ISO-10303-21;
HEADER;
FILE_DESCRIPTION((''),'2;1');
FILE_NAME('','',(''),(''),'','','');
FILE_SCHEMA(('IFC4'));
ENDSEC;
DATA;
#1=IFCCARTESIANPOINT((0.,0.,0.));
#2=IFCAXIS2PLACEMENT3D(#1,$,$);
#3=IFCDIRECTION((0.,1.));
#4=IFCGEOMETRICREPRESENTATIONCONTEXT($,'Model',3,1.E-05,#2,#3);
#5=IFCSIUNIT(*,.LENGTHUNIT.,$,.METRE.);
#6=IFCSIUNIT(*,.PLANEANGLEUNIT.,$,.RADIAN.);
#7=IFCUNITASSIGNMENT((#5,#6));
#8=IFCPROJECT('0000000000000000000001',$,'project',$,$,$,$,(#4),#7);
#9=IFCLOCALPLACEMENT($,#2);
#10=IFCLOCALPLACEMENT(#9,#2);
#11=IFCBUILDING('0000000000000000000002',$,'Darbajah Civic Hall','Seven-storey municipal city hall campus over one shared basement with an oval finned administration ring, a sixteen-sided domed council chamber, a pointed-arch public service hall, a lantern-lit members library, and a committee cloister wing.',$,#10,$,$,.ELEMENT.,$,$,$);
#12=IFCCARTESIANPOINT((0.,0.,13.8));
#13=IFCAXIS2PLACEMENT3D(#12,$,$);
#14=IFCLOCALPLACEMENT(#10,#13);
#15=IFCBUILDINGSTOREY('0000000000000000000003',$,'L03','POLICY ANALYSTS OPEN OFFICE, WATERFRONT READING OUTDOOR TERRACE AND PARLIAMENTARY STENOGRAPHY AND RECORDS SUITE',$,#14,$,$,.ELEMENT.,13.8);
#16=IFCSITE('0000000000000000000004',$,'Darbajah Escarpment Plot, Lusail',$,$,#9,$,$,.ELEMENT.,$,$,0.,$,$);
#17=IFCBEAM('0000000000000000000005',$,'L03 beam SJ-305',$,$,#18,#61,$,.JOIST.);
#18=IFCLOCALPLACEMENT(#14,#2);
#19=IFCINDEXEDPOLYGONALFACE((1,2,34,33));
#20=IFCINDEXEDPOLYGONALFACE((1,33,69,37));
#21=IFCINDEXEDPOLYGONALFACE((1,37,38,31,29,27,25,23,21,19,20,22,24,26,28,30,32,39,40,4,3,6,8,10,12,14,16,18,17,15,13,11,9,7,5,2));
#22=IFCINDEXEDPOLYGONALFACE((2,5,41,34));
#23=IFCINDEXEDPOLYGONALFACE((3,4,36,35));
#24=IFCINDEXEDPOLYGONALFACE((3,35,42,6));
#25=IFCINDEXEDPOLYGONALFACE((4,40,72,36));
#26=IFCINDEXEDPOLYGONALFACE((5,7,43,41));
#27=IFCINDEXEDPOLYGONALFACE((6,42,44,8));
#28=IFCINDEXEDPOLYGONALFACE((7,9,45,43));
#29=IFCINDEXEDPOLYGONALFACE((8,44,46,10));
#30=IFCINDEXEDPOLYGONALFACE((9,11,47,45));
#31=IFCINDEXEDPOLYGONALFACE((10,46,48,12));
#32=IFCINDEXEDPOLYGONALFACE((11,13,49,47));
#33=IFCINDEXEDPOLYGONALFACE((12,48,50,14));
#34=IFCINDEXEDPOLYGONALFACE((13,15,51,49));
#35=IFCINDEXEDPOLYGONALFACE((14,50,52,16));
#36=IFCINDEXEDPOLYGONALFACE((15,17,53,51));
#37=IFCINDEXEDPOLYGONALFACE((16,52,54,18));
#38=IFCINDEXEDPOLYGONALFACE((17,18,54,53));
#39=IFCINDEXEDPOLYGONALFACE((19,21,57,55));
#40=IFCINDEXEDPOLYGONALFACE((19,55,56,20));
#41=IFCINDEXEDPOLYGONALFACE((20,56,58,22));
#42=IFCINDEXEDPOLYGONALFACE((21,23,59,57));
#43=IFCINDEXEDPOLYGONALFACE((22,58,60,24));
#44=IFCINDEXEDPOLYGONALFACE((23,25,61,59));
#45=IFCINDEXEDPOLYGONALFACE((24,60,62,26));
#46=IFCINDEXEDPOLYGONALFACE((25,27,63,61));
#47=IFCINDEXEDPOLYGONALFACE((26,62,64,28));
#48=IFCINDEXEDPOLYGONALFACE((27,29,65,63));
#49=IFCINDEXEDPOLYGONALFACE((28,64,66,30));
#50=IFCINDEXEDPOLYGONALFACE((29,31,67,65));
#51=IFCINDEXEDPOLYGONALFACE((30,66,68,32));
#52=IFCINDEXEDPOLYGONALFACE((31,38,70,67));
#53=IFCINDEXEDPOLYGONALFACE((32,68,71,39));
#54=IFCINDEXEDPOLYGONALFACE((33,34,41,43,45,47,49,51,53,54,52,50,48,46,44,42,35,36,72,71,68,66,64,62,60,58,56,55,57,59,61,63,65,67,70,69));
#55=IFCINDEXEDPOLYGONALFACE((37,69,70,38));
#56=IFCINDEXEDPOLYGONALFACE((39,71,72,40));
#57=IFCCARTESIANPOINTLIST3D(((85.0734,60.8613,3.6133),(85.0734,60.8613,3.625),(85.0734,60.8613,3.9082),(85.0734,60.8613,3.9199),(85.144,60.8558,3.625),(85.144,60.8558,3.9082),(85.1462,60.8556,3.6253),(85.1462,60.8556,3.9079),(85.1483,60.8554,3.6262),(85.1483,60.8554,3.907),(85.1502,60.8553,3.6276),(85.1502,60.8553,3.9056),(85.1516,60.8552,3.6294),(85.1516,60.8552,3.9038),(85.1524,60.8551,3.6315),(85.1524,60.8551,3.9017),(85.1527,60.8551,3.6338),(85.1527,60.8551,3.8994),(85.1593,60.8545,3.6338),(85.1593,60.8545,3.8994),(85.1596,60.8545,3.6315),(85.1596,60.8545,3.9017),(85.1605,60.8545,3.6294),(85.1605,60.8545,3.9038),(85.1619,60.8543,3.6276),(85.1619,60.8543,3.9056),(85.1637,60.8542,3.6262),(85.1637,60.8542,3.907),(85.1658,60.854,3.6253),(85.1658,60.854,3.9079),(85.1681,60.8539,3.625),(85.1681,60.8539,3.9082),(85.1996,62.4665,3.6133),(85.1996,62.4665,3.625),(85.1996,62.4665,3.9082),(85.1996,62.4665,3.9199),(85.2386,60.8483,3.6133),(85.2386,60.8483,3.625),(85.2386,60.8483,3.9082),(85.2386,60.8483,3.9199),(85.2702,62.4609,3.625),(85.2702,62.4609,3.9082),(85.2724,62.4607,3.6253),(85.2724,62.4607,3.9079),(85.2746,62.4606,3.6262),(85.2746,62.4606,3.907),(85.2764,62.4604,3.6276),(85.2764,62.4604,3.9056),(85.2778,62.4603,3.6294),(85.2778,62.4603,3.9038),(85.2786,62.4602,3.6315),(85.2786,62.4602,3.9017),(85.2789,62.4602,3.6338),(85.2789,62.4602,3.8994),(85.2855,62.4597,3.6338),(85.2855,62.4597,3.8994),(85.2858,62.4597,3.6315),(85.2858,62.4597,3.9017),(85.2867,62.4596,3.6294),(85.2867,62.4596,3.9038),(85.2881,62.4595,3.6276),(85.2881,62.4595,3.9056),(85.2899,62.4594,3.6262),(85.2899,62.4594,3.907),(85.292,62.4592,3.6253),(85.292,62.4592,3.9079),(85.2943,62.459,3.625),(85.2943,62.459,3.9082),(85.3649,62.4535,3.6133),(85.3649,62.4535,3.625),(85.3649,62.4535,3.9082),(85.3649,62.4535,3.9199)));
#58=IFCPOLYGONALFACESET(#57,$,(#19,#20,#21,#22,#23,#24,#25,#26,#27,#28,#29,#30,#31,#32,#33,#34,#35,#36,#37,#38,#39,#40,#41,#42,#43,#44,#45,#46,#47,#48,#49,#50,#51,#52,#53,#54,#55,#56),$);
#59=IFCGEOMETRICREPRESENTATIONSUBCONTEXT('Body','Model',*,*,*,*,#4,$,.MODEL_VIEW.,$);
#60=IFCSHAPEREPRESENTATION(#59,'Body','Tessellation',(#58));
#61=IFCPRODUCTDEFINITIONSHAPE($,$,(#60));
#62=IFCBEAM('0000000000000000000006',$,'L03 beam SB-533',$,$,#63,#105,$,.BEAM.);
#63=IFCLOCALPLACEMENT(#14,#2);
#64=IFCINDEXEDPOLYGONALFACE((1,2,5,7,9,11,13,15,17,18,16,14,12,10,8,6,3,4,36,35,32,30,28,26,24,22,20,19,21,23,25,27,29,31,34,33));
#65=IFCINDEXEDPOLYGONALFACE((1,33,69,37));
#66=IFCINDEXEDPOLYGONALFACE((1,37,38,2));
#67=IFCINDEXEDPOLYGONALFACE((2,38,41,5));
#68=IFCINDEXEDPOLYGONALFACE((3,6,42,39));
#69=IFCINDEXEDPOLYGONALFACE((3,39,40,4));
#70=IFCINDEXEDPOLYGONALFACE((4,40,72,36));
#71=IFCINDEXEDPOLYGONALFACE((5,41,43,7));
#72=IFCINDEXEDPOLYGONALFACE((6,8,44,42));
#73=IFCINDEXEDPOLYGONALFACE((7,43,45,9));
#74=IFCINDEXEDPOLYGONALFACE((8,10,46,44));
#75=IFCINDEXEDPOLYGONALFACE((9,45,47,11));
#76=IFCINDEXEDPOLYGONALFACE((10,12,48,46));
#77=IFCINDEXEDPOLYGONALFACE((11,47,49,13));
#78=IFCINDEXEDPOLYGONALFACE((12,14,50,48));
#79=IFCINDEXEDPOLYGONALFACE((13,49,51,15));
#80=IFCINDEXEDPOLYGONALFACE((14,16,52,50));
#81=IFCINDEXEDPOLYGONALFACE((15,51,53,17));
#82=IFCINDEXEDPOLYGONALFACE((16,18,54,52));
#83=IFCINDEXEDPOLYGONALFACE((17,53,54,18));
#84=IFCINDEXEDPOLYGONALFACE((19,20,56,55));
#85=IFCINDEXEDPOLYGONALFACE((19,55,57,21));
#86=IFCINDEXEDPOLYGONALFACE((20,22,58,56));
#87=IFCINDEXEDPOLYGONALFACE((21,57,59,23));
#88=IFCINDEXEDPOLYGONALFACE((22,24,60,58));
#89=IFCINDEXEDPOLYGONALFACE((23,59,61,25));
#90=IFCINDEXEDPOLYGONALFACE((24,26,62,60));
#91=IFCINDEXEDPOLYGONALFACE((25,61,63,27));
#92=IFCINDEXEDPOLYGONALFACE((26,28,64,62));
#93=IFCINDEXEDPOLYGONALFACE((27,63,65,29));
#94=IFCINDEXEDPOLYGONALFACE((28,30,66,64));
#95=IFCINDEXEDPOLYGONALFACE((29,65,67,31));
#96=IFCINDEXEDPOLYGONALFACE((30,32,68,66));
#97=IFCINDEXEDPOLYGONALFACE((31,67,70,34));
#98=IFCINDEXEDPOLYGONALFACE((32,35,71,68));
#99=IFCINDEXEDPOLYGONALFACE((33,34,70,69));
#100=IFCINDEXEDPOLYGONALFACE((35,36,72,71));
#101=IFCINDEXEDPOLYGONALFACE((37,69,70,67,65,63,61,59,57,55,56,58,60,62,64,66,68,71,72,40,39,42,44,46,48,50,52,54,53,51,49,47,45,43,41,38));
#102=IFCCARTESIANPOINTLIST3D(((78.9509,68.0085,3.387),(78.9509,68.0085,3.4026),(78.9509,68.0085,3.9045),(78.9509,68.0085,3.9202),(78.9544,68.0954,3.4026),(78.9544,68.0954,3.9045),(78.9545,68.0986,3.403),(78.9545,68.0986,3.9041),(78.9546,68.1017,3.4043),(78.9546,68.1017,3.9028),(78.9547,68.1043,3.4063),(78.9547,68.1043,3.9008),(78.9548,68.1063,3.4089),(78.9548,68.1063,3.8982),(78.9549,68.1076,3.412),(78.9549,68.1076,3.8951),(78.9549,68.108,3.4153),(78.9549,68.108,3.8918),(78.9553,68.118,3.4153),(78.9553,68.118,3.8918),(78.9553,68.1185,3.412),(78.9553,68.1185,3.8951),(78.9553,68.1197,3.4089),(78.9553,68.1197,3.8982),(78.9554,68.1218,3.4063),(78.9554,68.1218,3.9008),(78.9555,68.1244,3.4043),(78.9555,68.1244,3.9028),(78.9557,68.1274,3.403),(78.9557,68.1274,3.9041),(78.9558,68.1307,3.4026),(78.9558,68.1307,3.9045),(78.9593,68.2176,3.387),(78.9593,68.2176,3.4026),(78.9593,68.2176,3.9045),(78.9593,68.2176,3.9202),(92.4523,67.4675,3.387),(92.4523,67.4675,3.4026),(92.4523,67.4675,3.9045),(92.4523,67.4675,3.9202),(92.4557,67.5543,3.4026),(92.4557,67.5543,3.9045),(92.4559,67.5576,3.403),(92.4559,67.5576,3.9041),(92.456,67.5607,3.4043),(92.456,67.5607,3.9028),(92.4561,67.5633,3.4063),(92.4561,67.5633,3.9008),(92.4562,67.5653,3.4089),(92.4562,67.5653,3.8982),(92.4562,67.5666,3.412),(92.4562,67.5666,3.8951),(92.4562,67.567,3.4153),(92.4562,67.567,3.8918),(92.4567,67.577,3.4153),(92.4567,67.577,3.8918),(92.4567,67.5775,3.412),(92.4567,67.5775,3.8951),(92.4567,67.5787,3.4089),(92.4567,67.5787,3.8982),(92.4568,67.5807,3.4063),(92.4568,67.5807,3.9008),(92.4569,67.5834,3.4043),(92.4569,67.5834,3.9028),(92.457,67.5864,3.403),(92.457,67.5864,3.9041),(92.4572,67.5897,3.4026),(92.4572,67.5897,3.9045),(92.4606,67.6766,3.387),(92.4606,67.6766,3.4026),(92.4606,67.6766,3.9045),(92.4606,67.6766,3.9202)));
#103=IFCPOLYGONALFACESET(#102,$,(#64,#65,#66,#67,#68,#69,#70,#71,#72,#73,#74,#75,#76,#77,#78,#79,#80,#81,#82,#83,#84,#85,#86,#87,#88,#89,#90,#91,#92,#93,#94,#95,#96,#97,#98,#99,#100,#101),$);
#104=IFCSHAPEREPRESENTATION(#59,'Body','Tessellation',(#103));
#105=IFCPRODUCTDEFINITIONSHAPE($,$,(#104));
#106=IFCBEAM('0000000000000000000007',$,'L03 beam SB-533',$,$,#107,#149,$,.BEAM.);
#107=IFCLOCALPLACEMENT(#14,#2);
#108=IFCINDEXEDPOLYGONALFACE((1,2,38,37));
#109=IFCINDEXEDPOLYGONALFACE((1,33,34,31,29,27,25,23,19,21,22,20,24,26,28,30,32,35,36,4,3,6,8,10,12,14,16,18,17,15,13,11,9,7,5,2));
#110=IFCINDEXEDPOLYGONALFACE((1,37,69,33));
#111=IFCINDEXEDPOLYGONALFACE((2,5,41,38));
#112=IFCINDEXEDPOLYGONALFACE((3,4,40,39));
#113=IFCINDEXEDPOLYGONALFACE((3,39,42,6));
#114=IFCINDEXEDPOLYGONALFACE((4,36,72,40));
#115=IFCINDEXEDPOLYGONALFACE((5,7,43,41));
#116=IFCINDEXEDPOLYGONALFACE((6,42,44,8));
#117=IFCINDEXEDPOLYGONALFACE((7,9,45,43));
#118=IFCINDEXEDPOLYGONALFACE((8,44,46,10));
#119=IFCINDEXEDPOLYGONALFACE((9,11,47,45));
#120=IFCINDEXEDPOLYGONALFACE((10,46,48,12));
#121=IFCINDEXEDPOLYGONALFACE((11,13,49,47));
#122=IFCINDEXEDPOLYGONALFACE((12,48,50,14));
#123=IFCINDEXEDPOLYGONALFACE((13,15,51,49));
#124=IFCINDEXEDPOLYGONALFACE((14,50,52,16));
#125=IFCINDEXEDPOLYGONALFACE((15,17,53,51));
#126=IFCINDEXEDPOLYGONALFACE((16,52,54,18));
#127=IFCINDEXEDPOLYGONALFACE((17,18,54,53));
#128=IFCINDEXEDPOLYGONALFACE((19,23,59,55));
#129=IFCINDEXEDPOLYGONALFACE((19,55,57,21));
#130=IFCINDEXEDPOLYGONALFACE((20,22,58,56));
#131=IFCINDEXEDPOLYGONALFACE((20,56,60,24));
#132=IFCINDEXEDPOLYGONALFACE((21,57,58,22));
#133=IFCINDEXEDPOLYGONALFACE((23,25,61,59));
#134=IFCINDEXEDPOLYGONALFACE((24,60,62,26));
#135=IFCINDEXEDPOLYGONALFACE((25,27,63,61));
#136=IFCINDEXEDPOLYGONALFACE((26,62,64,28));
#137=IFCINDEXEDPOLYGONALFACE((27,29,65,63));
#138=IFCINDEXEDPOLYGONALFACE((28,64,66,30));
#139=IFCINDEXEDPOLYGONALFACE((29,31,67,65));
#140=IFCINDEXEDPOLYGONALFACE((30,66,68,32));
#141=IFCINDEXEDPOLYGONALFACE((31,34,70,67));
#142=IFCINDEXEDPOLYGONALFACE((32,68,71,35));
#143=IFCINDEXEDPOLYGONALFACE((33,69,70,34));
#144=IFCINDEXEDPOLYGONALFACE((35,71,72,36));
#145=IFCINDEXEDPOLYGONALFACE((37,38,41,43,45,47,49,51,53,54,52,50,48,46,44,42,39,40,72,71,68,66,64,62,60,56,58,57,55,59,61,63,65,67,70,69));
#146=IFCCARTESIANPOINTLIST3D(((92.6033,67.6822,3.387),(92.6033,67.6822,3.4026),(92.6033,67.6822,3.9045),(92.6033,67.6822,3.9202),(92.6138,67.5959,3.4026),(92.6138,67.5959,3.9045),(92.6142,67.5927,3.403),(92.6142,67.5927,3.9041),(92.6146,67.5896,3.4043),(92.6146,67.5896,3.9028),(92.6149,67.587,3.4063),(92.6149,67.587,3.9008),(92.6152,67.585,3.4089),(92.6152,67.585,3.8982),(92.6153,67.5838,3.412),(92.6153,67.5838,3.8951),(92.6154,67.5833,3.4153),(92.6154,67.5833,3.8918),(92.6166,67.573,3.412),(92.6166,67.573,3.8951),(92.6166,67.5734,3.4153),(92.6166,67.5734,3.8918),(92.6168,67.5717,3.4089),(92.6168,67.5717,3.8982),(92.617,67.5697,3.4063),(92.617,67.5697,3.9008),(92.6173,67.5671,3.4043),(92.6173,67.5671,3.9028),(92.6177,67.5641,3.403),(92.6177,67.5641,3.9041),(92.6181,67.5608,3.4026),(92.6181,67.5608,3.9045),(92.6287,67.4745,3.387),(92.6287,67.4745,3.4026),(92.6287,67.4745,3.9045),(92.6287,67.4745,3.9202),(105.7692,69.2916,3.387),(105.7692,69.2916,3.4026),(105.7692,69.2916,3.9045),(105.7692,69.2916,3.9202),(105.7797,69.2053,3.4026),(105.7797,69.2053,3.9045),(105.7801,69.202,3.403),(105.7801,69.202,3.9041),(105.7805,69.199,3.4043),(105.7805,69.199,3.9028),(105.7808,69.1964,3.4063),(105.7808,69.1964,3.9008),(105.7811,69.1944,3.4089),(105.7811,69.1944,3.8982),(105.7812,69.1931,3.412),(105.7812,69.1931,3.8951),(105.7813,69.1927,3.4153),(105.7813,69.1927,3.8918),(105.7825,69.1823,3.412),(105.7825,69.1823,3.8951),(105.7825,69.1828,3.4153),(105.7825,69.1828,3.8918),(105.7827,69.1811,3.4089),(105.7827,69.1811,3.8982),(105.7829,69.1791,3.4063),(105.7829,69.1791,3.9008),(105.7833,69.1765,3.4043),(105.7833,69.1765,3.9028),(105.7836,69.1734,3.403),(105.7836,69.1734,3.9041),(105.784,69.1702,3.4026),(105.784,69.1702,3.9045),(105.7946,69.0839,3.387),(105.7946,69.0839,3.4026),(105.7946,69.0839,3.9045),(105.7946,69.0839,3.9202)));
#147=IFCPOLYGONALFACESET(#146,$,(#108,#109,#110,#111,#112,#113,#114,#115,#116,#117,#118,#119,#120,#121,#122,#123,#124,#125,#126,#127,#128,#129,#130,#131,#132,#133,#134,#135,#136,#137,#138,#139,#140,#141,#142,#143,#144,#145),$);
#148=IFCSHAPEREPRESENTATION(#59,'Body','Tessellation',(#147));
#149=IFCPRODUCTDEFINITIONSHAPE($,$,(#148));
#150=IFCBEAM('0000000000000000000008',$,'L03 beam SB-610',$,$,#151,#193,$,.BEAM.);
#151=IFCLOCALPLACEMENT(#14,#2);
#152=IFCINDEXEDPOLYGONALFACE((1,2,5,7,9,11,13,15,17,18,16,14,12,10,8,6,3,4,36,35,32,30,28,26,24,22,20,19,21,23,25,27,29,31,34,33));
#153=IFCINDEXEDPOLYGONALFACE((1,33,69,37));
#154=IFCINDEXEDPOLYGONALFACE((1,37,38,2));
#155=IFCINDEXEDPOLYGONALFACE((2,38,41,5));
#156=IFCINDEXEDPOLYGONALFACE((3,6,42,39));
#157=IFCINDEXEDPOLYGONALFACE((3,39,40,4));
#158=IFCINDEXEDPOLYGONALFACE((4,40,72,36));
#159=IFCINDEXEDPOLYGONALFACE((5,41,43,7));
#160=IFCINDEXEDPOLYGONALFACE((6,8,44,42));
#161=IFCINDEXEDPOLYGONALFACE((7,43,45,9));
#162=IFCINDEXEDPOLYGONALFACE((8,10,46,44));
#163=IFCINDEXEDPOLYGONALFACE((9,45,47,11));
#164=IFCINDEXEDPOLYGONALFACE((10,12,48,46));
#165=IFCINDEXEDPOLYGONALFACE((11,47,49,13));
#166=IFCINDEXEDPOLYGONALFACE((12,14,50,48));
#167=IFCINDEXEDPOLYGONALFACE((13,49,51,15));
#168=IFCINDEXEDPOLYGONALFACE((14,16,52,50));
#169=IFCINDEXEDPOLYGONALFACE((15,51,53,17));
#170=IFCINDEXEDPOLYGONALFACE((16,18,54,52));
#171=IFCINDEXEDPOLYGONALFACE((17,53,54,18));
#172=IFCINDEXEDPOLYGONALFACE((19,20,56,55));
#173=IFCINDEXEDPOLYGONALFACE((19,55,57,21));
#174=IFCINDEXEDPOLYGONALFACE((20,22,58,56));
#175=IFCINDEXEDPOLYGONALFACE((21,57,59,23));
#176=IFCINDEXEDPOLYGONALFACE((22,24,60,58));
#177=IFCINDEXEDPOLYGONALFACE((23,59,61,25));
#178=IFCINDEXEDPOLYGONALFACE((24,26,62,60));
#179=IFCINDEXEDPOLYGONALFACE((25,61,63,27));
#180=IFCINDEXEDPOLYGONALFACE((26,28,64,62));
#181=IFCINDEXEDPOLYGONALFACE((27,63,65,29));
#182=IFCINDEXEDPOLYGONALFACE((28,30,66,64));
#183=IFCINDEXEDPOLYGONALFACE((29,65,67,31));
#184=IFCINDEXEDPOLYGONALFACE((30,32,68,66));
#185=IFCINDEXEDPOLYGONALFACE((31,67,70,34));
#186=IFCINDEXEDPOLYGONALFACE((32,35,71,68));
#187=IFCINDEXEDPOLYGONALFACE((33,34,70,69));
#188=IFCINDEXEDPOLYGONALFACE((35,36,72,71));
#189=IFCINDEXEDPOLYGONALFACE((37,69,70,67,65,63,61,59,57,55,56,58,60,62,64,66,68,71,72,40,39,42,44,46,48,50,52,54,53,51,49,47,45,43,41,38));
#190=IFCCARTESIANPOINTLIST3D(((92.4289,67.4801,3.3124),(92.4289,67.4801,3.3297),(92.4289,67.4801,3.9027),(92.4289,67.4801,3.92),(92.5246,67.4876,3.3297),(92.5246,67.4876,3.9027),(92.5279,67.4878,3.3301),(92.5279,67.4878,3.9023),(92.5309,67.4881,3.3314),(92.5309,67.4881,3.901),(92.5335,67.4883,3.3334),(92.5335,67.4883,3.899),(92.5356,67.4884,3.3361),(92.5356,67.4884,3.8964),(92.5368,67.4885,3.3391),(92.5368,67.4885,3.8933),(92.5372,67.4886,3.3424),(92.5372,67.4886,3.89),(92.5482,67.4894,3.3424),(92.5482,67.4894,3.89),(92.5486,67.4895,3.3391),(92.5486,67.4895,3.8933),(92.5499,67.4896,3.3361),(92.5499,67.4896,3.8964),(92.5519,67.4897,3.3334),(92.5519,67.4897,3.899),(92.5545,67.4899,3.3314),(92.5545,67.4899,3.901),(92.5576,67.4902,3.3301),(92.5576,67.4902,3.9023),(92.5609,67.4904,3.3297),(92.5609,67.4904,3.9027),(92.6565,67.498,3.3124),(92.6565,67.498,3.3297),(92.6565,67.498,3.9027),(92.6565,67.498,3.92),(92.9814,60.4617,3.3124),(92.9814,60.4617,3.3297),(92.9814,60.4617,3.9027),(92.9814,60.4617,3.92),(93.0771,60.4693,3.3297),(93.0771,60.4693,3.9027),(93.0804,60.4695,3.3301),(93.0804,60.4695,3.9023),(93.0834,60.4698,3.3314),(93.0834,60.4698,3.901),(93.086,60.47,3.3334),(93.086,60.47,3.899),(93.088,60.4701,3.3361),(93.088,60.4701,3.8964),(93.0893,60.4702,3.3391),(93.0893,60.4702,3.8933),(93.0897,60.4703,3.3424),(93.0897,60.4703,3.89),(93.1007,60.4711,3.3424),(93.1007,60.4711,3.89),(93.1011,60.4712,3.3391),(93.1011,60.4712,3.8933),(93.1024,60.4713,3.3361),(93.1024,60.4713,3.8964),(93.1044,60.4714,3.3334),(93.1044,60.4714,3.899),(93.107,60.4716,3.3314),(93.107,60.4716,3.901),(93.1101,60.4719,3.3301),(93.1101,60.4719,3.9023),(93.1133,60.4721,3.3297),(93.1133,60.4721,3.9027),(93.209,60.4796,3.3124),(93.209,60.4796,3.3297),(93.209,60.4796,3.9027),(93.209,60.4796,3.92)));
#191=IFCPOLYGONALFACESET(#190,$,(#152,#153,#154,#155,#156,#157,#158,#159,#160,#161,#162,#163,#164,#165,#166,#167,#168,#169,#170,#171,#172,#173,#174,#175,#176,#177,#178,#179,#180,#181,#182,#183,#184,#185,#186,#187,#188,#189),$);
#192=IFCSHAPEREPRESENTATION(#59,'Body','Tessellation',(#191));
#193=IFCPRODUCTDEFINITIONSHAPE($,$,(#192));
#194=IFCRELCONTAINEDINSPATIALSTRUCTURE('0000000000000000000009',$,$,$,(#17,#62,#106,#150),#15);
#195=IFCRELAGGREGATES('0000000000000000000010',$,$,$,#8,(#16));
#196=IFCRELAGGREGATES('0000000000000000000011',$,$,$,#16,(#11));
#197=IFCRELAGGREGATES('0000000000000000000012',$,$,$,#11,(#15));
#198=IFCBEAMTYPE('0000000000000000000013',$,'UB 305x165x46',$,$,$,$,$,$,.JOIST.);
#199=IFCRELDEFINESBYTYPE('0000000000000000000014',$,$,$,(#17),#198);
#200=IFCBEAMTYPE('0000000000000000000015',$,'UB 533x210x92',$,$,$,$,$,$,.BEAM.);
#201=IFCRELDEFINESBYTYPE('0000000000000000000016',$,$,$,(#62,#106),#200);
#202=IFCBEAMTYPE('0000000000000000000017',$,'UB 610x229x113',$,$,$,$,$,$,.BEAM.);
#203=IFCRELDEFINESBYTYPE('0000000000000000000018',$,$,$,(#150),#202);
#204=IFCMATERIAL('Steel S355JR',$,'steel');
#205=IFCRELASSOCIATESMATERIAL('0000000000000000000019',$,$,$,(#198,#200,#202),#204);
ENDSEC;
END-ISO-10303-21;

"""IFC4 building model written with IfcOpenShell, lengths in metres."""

from ifc_helpers import new_model, si_unit, direction, frame, origin, origin_2d, place, context, subcontext, project, spatial, i_section, extrude, material, material_profile, profile_set, type_object, element, save


model = new_model("IFC4")

# Units and contexts
model_context = context("Model", 3, precision=1e-05, world=origin(), true_north=direction((0.0, 1.0)))
body_context = subcontext(model_context, "Body", "Model", "MODEL_VIEW")
ifc_project = project(units=[si_unit("LENGTHUNIT", "METRE"), si_unit("PLANEANGLEUNIT", "RADIAN")], contexts=[model_context])

# Site, building, storey
site_placement = place(None, origin())
site = spatial("IfcSite", under=ifc_project, at=site_placement, Name="Darbajah Escarpment Plot, Lusail", CompositionType="ELEMENT", RefElevation=0.0)
building_placement = place(site_placement, origin())
building = spatial("IfcBuilding", under=site, at=building_placement, Name="Darbajah Civic Hall", Description="Seven-storey municipal city hall campus over one shared basement with an oval finned administration ring, a sixteen-sided domed council chamber, a pointed-arch public service hall, a lantern-lit members library, and a committee cloister wing.", CompositionType="ELEMENT")
storey_placement = place(building_placement, frame((0.0, 0.0, 13.8)))
storey = spatial("IfcBuildingStorey", under=building, at=storey_placement, Name="L03", Description="POLICY ANALYSTS OPEN OFFICE, WATERFRONT READING OUTDOOR TERRACE AND PARLIAMENTARY STENOGRAPHY AND RECORDS SUITE", CompositionType="ELEMENT", Elevation=13.8)

# Beams
ifc_material_1 = material(Name="Steel S355JR", Category="steel")
ifc_material_profile_1 = material_profile(ifc_material_1, i_section(OverallWidth=0.1658, OverallDepth=0.3066, WebThickness=0.0066, FlangeThickness=0.0117, FilletRadius=0.0088, at=origin_2d()), Name="UB 305x165x46")
ifc_profile_set_1 = profile_set([ifc_material_profile_1], Name="Steel S355JR")
beam_type_1 = type_object("IfcBeamType", Name="UB 305x165x46", PredefinedType="JOIST", material=ifc_profile_set_1)
beam_1_placement = place(storey_placement, frame((85.2822, 62.46, 3.7666), z_axis=(-0.078389, -0.996923, 0.0), x_axis=(0.996923, -0.078389, 0.0)))
element("IfcBeam", 1, at=beam_1_placement, inside=storey, type_object=beam_type_1, Name="L03 beam SJ-305", PredefinedType="JOIST", context=body_context, shape_type="SweptSolid", body=[
    extrude(i_section(OverallWidth=0.1658, OverallDepth=0.3066, WebThickness=0.0066, FlangeThickness=0.0117, FilletRadius=0.0088, at=origin_2d()), origin(), (0.0, 0.0, 1.0), 1.6101),
])
ifc_material_profile_2 = material_profile(ifc_material_1, i_section(OverallWidth=0.2092, OverallDepth=0.5332, WebThickness=0.01, FlangeThickness=0.0156, FilletRadius=0.0127, at=origin_2d()), Name="UB 533x210x92")
ifc_profile_set_2 = profile_set([ifc_material_profile_2], Name="Steel S355JR")
beam_type_2 = type_object("IfcBeamType", Name="UB 533x210x92", PredefinedType="BEAM", material=ifc_profile_set_2)
beam_2_placement = place(storey_placement, frame((78.9551, 68.113, 3.6536), z_axis=(0.999198, -0.040039, 0.0), x_axis=(0.040039, 0.999198, 0.0)))
element("IfcBeam", 2, at=beam_2_placement, inside=storey, type_object=beam_type_2, Name="L03 beam SB-533", PredefinedType="BEAM", context=body_context, shape_type="SweptSolid", body=[
    extrude(i_section(OverallWidth=0.2092, OverallDepth=0.5332, WebThickness=0.01, FlangeThickness=0.0156, FilletRadius=0.0127, at=origin_2d()), origin(), (0.0, 0.0, 1.0), 13.5122),
])
beam_3_placement = place(storey_placement, frame((92.616, 67.5784, 3.6536), z_axis=(0.992612, 0.121334, 0.0), x_axis=(-0.121334, 0.992612, 0.0)))
element("IfcBeam", 3, at=beam_3_placement, inside=storey, type_object=beam_type_2, Name="L03 beam SB-533", PredefinedType="BEAM", context=body_context, shape_type="SweptSolid", body=[
    extrude(i_section(OverallWidth=0.2092, OverallDepth=0.5332, WebThickness=0.01, FlangeThickness=0.0156, FilletRadius=0.0127, at=origin_2d()), origin(), (0.0, 0.0, 1.0), 13.2639),
])
ifc_material_profile_3 = material_profile(ifc_material_1, i_section(OverallWidth=0.2283, OverallDepth=0.6077, WebThickness=0.011, FlangeThickness=0.0173, FilletRadius=0.0127, at=origin_2d()), Name="UB 610x229x113")
ifc_profile_set_3 = profile_set([ifc_material_profile_3], Name="Steel S355JR")
beam_type_3 = type_object("IfcBeamType", Name="UB 610x229x113", PredefinedType="BEAM", material=ifc_profile_set_3)
beam_4_placement = place(storey_placement, frame((92.5427, 67.489, 3.6162), z_axis=(0.078478, -0.996916, 0.0), x_axis=(0.996916, 0.078478, 0.0)))
element("IfcBeam", 4, at=beam_4_placement, inside=storey, type_object=beam_type_3, Name="L03 beam SB-610", PredefinedType="BEAM", context=body_context, shape_type="SweptSolid", body=[
    extrude(i_section(OverallWidth=0.2283, OverallDepth=0.6077, WebThickness=0.011, FlangeThickness=0.0173, FilletRadius=0.0127, at=origin_2d()), origin(), (0.0, 0.0, 1.0), 7.04),
])

save(model, "model.ifc")
